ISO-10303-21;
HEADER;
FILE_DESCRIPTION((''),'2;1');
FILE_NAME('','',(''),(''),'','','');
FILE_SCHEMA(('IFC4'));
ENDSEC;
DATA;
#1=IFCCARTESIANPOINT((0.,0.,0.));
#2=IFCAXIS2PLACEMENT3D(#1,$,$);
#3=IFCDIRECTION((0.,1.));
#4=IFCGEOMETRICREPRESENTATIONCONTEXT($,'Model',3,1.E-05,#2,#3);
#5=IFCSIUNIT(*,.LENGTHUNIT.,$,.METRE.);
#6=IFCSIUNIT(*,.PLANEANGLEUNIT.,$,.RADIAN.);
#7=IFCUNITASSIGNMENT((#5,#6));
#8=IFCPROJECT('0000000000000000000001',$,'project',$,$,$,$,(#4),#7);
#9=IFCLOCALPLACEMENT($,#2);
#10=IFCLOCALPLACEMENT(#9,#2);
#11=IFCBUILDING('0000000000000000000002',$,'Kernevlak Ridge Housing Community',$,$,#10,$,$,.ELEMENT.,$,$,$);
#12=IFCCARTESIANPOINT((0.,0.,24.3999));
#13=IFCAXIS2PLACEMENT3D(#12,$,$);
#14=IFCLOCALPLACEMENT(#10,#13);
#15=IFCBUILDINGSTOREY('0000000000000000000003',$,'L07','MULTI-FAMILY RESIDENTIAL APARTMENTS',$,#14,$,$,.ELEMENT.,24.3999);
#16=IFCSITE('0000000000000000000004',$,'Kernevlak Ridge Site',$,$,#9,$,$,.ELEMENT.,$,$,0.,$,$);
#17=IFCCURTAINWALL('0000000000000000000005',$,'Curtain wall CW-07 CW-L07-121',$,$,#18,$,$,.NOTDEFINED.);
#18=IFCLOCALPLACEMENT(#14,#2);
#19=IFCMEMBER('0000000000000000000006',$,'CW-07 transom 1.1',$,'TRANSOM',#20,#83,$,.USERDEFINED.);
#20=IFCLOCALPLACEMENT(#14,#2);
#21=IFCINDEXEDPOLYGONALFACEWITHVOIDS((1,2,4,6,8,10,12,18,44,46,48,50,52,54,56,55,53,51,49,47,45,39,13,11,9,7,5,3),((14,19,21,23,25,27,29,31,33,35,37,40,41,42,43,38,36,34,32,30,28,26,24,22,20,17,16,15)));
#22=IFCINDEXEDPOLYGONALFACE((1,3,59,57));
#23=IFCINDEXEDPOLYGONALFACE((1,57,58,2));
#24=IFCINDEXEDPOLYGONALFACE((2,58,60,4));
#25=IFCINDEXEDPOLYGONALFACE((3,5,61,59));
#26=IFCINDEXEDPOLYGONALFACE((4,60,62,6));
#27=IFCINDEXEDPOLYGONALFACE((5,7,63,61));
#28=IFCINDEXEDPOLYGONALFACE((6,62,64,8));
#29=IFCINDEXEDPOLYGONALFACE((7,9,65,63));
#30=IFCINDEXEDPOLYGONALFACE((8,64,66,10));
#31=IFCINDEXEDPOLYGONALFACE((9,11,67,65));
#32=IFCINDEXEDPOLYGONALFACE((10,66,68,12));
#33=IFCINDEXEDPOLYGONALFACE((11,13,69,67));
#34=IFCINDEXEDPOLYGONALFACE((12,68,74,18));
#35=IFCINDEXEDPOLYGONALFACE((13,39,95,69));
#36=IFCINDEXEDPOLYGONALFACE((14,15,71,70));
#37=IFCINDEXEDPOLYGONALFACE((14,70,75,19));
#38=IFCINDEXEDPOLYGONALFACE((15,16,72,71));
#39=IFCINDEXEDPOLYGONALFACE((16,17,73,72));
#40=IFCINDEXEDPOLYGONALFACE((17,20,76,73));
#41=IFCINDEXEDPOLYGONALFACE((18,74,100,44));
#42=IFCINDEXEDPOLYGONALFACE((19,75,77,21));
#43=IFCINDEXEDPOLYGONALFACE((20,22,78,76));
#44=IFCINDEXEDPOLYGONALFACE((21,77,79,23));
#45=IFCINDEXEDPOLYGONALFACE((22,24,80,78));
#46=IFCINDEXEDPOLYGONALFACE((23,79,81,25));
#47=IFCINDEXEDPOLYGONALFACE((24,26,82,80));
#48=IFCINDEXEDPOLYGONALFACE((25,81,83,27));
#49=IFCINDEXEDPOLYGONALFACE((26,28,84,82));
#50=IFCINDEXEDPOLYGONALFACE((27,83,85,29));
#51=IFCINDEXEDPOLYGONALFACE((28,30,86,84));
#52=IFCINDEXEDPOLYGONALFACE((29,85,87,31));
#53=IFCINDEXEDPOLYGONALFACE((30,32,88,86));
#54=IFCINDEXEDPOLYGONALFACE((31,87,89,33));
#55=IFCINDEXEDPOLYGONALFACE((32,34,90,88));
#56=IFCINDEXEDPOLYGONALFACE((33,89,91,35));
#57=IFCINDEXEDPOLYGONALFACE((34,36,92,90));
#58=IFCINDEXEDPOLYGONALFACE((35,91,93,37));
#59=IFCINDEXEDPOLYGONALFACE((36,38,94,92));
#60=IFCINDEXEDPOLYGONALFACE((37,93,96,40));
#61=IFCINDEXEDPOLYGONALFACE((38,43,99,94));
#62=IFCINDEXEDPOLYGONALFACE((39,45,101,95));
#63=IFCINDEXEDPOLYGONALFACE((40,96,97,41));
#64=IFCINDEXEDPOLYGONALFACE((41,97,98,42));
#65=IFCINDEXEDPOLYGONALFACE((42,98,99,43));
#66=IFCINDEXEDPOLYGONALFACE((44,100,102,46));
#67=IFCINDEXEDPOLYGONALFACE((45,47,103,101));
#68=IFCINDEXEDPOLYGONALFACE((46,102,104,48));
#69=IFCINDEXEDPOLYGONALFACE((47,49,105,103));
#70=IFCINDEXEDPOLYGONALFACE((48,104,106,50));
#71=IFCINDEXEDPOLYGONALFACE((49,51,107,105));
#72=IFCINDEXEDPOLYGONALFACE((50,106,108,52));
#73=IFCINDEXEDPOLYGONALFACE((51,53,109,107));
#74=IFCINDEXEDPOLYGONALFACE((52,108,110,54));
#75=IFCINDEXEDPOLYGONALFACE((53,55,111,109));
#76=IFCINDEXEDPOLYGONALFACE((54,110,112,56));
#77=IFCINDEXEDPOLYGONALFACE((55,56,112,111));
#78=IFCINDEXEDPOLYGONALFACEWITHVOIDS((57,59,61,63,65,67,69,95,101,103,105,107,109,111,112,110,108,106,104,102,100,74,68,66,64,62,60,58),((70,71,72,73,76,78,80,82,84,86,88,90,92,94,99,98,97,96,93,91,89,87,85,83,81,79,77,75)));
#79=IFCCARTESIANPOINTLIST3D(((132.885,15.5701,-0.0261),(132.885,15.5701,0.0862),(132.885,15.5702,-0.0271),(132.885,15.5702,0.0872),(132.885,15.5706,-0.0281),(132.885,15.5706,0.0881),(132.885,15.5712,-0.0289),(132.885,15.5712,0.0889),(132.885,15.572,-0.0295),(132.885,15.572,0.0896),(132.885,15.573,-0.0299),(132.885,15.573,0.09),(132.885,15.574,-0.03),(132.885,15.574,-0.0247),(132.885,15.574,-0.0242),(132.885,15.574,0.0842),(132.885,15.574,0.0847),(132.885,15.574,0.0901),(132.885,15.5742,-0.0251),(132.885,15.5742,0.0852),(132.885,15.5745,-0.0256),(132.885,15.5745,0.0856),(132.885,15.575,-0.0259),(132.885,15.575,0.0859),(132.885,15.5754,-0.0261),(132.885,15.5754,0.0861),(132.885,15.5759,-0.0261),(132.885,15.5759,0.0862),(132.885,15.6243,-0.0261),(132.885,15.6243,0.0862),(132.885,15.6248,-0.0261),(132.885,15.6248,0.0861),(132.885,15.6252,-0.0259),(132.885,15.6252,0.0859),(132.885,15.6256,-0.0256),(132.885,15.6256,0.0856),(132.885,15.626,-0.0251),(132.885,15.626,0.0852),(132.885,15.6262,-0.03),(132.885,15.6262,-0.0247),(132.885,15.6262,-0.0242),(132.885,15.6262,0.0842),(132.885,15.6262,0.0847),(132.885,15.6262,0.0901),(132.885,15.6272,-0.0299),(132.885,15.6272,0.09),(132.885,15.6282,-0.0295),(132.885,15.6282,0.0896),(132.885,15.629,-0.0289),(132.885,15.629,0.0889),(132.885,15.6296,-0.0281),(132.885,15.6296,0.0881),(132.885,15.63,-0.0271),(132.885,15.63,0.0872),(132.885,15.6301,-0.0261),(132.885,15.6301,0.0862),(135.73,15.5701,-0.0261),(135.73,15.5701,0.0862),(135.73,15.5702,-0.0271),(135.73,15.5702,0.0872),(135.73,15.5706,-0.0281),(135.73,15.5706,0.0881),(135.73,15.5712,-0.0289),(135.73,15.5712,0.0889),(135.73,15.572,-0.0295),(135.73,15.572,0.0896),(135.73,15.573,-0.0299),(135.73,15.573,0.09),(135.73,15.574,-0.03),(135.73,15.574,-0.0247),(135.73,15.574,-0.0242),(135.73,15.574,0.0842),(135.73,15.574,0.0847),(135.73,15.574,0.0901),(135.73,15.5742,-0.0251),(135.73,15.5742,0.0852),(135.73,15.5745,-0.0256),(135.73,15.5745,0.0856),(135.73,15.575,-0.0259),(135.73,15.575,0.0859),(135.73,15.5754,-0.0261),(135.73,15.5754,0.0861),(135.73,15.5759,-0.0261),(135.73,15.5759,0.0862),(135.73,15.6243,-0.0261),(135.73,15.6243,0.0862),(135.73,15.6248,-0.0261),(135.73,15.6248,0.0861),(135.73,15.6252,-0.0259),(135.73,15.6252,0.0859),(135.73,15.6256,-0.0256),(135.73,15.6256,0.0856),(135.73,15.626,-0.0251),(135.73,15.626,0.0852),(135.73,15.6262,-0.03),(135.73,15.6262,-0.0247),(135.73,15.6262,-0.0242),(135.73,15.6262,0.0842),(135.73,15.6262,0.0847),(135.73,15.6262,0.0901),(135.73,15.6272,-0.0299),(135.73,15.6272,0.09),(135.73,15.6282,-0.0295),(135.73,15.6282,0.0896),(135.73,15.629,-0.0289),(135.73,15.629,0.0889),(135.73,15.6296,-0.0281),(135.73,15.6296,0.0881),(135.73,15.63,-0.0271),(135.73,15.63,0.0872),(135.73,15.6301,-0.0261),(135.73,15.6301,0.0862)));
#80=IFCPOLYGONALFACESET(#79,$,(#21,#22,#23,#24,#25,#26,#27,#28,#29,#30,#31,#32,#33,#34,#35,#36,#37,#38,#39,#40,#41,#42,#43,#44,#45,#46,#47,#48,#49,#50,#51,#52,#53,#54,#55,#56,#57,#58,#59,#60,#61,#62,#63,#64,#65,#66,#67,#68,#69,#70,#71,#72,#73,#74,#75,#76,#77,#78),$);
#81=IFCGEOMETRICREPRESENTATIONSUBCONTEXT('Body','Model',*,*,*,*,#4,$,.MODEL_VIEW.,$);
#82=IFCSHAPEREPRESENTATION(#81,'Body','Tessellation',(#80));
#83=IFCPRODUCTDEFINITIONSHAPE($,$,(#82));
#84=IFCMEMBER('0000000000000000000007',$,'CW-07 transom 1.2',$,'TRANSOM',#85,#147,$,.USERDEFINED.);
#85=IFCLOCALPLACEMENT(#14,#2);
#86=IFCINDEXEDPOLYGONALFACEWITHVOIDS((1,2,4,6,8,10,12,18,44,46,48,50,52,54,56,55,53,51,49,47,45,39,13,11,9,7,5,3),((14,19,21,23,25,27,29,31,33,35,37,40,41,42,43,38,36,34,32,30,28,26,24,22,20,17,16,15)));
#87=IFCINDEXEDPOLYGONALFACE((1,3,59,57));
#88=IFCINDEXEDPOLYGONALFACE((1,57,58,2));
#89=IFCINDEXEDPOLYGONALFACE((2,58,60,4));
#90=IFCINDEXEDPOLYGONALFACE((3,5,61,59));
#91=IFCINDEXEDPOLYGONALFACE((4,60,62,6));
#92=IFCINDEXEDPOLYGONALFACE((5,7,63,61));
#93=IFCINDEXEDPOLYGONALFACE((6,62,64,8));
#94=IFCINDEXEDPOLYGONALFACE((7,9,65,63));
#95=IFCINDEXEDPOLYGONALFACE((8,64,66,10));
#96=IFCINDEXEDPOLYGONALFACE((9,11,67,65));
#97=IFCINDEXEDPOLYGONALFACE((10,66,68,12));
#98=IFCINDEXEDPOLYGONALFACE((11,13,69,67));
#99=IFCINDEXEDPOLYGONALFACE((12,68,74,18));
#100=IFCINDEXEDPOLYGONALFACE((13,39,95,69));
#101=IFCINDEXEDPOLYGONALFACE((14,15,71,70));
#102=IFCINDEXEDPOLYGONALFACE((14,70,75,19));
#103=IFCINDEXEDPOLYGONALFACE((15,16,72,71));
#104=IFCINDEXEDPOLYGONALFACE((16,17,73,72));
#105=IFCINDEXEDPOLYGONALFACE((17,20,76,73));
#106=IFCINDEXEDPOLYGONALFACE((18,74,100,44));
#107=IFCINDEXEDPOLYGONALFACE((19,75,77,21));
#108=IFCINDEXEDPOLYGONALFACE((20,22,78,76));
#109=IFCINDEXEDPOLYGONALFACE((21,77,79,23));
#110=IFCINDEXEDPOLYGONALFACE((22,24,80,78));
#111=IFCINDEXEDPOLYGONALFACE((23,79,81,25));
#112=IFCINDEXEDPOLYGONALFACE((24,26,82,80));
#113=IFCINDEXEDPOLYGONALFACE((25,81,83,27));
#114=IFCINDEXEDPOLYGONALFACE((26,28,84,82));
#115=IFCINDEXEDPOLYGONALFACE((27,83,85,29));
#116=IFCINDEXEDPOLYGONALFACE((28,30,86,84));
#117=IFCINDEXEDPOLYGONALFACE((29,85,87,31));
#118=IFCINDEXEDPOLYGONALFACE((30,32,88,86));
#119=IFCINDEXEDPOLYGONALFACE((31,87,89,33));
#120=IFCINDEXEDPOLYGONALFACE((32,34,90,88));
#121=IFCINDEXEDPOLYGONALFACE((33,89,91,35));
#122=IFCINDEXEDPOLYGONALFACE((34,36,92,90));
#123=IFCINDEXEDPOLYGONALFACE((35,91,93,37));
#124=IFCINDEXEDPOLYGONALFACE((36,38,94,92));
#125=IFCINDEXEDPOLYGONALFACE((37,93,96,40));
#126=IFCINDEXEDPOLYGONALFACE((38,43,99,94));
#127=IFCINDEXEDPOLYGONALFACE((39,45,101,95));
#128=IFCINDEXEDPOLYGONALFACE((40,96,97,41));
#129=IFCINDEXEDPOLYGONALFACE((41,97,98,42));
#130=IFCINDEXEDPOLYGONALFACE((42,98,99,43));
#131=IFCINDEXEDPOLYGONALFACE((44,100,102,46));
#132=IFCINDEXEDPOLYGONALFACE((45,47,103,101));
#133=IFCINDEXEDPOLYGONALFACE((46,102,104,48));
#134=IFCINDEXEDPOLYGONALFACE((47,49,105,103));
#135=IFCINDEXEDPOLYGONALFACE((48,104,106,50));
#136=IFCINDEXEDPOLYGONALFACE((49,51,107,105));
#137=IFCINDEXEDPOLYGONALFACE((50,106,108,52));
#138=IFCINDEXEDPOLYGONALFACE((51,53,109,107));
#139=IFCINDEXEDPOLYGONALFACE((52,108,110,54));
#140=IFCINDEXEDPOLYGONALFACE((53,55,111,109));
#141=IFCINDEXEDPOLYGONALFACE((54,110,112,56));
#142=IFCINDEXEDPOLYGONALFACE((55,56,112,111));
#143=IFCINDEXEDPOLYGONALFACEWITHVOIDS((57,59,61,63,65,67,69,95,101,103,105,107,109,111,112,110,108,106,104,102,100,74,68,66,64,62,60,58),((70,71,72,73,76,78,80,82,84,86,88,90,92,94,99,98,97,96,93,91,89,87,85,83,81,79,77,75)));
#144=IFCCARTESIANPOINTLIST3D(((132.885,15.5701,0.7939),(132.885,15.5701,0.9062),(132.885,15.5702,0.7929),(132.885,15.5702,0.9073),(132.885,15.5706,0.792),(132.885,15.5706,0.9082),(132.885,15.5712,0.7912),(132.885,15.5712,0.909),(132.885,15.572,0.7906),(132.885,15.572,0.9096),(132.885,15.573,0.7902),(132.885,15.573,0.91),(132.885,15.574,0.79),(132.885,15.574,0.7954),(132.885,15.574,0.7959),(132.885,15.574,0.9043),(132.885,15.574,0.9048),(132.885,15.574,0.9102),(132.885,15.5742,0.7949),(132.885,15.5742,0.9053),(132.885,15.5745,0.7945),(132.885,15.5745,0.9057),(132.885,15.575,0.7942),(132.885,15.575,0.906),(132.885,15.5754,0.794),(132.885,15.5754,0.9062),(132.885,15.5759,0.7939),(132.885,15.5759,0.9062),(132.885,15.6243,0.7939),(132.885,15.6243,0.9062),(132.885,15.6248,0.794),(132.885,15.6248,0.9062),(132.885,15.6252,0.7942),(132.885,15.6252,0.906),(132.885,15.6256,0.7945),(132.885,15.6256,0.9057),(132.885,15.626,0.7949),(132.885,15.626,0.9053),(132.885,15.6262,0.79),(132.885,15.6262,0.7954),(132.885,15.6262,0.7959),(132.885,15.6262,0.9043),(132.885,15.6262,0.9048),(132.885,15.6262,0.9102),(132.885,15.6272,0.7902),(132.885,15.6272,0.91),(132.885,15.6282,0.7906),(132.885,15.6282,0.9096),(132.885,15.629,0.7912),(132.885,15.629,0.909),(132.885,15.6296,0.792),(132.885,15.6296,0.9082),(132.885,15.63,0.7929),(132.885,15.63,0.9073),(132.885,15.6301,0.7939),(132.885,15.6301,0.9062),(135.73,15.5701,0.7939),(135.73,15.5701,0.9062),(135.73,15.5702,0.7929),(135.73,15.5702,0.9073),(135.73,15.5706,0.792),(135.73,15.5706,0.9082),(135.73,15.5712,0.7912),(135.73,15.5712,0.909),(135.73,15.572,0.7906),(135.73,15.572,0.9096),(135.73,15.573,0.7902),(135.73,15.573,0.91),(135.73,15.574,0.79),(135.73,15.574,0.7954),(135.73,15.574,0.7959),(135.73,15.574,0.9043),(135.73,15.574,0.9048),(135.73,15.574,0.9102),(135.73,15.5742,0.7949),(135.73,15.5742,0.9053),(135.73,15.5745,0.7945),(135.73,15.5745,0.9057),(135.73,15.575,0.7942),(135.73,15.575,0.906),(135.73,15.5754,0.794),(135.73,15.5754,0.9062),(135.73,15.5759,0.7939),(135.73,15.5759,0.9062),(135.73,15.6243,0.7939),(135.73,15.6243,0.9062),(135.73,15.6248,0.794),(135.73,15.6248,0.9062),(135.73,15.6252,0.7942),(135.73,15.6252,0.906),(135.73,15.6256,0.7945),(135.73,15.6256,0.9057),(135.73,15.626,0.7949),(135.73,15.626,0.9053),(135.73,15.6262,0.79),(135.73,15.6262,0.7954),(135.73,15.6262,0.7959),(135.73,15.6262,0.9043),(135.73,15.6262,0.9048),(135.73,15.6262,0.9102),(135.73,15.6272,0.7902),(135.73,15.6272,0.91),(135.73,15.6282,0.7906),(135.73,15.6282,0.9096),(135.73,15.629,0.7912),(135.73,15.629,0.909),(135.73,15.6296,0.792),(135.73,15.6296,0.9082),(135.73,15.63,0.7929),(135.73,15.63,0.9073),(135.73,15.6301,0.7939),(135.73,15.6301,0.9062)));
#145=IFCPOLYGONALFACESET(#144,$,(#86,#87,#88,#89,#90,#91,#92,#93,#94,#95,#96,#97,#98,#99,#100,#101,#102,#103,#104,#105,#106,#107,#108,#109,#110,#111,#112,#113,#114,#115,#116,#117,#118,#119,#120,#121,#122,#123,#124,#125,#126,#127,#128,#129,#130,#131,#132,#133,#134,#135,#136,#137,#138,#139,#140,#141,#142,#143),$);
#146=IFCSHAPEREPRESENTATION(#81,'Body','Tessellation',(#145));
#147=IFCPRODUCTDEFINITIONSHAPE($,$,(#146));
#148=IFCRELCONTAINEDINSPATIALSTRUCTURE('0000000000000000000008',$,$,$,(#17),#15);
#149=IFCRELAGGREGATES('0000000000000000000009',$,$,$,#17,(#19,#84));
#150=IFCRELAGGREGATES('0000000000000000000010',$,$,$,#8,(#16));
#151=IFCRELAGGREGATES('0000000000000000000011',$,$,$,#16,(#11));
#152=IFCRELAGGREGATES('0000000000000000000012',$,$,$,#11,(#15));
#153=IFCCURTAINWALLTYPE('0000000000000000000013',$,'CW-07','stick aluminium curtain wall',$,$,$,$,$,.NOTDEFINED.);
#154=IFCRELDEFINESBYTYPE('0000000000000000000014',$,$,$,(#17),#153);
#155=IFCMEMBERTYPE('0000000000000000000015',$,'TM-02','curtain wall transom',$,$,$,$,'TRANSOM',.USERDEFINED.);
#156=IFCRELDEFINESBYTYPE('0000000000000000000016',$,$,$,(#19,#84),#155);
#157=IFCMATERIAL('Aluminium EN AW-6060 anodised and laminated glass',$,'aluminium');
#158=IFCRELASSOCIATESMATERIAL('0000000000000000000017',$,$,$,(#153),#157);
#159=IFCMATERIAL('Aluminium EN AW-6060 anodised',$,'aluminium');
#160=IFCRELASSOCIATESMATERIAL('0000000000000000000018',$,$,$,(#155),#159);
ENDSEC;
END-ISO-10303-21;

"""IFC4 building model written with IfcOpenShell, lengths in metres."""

from ifc_helpers import new_model, si_unit, direction, frame, origin, origin_2d, place, context, subcontext, project, spatial, hollow_rectangle, extrude, material, material_profile, profile_set, type_object, element, aggregate, save


model = new_model("IFC4")

# Units and contexts
model_context = context("Model", 3, precision=1e-05, world=origin(), true_north=direction((0.0, 1.0)))
body_context = subcontext(model_context, "Body", "Model", "MODEL_VIEW")
ifc_project = project(units=[si_unit("LENGTHUNIT", "METRE"), si_unit("PLANEANGLEUNIT", "RADIAN")], contexts=[model_context])

# Site, building, storey
site_placement = place(None, origin())
site = spatial("IfcSite", under=ifc_project, at=site_placement, Name="Kernevlak Ridge Site", CompositionType="ELEMENT", RefElevation=0.0)
building_placement = place(site_placement, origin())
building = spatial("IfcBuilding", under=site, at=building_placement, Name="Kernevlak Ridge Housing Community", CompositionType="ELEMENT")
storey_placement = place(building_placement, frame((0.0, 0.0, 24.3999)))
storey = spatial("IfcBuildingStorey", under=building, at=storey_placement, Name="L07", Description="MULTI-FAMILY RESIDENTIAL APARTMENTS", CompositionType="ELEMENT", Elevation=24.3999)

# Curtain wall
ifc_material_1 = material(Name="Aluminium EN AW-6060 anodised and laminated glass", Category="aluminium")
curtain_wall_type = type_object("IfcCurtainWallType", Name="CW-07", Description="stick aluminium curtain wall", PredefinedType="NOTDEFINED", material=ifc_material_1)
curtain_wall_placement = place(storey_placement, origin())
curtain_wall = element("IfcCurtainWall", 1, at=curtain_wall_placement, inside=storey, type_object=curtain_wall_type, Name="Curtain wall CW-07 CW-L07-121", PredefinedType="NOTDEFINED")
ifc_material_2 = material(Name="Aluminium EN AW-6060 anodised", Category="aluminium")

# Members
ifc_material_profile_1 = material_profile(ifc_material_2, hollow_rectangle(XDim=0.0601, YDim=0.1201, WallThickness=0.0039, InnerFilletRadius=0.002, OuterFilletRadius=0.0039, at=origin_2d()), Name="ALU 60x120x4")
ifc_profile_set_1 = profile_set([ifc_material_profile_1], Name="Aluminium EN AW-6060 anodised")
member_type_1 = type_object("IfcMemberType", Name="TM-02", Description="curtain wall transom", ElementType="TRANSOM", PredefinedType="USERDEFINED", material=ifc_profile_set_1)
member_1_placement = place(storey_placement, frame((132.885, 15.6001, 0.03), z_axis=(1.0, 0.0, 0.0), x_axis=(0.0, 1.0, 0.0)))
member_1 = element("IfcMember", 2, at=member_1_placement, type_object=member_type_1, Name="CW-07 transom 1.1", ObjectType="TRANSOM", PredefinedType="USERDEFINED", context=body_context, shape_type="SweptSolid", body=[
    extrude(hollow_rectangle(XDim=0.0601, YDim=0.1201, WallThickness=0.0039, InnerFilletRadius=0.002, OuterFilletRadius=0.0039, at=origin_2d()), origin(), (0.0, 0.0, 1.0), 2.845),
])
member_2_placement = place(storey_placement, frame((132.885, 15.6001, 0.8501), z_axis=(1.0, 0.0, 0.0), x_axis=(0.0, 1.0, 0.0)))
member_2 = element("IfcMember", 3, at=member_2_placement, type_object=member_type_1, Name="CW-07 transom 1.2", ObjectType="TRANSOM", PredefinedType="USERDEFINED", context=body_context, shape_type="SweptSolid", body=[
    extrude(hollow_rectangle(XDim=0.0601, YDim=0.1201, WallThickness=0.0039, InnerFilletRadius=0.002, OuterFilletRadius=0.0039, at=origin_2d()), origin(), (0.0, 0.0, 1.0), 2.845),
])
aggregate(curtain_wall, [member_1, member_2])

save(model, "model.ifc")
